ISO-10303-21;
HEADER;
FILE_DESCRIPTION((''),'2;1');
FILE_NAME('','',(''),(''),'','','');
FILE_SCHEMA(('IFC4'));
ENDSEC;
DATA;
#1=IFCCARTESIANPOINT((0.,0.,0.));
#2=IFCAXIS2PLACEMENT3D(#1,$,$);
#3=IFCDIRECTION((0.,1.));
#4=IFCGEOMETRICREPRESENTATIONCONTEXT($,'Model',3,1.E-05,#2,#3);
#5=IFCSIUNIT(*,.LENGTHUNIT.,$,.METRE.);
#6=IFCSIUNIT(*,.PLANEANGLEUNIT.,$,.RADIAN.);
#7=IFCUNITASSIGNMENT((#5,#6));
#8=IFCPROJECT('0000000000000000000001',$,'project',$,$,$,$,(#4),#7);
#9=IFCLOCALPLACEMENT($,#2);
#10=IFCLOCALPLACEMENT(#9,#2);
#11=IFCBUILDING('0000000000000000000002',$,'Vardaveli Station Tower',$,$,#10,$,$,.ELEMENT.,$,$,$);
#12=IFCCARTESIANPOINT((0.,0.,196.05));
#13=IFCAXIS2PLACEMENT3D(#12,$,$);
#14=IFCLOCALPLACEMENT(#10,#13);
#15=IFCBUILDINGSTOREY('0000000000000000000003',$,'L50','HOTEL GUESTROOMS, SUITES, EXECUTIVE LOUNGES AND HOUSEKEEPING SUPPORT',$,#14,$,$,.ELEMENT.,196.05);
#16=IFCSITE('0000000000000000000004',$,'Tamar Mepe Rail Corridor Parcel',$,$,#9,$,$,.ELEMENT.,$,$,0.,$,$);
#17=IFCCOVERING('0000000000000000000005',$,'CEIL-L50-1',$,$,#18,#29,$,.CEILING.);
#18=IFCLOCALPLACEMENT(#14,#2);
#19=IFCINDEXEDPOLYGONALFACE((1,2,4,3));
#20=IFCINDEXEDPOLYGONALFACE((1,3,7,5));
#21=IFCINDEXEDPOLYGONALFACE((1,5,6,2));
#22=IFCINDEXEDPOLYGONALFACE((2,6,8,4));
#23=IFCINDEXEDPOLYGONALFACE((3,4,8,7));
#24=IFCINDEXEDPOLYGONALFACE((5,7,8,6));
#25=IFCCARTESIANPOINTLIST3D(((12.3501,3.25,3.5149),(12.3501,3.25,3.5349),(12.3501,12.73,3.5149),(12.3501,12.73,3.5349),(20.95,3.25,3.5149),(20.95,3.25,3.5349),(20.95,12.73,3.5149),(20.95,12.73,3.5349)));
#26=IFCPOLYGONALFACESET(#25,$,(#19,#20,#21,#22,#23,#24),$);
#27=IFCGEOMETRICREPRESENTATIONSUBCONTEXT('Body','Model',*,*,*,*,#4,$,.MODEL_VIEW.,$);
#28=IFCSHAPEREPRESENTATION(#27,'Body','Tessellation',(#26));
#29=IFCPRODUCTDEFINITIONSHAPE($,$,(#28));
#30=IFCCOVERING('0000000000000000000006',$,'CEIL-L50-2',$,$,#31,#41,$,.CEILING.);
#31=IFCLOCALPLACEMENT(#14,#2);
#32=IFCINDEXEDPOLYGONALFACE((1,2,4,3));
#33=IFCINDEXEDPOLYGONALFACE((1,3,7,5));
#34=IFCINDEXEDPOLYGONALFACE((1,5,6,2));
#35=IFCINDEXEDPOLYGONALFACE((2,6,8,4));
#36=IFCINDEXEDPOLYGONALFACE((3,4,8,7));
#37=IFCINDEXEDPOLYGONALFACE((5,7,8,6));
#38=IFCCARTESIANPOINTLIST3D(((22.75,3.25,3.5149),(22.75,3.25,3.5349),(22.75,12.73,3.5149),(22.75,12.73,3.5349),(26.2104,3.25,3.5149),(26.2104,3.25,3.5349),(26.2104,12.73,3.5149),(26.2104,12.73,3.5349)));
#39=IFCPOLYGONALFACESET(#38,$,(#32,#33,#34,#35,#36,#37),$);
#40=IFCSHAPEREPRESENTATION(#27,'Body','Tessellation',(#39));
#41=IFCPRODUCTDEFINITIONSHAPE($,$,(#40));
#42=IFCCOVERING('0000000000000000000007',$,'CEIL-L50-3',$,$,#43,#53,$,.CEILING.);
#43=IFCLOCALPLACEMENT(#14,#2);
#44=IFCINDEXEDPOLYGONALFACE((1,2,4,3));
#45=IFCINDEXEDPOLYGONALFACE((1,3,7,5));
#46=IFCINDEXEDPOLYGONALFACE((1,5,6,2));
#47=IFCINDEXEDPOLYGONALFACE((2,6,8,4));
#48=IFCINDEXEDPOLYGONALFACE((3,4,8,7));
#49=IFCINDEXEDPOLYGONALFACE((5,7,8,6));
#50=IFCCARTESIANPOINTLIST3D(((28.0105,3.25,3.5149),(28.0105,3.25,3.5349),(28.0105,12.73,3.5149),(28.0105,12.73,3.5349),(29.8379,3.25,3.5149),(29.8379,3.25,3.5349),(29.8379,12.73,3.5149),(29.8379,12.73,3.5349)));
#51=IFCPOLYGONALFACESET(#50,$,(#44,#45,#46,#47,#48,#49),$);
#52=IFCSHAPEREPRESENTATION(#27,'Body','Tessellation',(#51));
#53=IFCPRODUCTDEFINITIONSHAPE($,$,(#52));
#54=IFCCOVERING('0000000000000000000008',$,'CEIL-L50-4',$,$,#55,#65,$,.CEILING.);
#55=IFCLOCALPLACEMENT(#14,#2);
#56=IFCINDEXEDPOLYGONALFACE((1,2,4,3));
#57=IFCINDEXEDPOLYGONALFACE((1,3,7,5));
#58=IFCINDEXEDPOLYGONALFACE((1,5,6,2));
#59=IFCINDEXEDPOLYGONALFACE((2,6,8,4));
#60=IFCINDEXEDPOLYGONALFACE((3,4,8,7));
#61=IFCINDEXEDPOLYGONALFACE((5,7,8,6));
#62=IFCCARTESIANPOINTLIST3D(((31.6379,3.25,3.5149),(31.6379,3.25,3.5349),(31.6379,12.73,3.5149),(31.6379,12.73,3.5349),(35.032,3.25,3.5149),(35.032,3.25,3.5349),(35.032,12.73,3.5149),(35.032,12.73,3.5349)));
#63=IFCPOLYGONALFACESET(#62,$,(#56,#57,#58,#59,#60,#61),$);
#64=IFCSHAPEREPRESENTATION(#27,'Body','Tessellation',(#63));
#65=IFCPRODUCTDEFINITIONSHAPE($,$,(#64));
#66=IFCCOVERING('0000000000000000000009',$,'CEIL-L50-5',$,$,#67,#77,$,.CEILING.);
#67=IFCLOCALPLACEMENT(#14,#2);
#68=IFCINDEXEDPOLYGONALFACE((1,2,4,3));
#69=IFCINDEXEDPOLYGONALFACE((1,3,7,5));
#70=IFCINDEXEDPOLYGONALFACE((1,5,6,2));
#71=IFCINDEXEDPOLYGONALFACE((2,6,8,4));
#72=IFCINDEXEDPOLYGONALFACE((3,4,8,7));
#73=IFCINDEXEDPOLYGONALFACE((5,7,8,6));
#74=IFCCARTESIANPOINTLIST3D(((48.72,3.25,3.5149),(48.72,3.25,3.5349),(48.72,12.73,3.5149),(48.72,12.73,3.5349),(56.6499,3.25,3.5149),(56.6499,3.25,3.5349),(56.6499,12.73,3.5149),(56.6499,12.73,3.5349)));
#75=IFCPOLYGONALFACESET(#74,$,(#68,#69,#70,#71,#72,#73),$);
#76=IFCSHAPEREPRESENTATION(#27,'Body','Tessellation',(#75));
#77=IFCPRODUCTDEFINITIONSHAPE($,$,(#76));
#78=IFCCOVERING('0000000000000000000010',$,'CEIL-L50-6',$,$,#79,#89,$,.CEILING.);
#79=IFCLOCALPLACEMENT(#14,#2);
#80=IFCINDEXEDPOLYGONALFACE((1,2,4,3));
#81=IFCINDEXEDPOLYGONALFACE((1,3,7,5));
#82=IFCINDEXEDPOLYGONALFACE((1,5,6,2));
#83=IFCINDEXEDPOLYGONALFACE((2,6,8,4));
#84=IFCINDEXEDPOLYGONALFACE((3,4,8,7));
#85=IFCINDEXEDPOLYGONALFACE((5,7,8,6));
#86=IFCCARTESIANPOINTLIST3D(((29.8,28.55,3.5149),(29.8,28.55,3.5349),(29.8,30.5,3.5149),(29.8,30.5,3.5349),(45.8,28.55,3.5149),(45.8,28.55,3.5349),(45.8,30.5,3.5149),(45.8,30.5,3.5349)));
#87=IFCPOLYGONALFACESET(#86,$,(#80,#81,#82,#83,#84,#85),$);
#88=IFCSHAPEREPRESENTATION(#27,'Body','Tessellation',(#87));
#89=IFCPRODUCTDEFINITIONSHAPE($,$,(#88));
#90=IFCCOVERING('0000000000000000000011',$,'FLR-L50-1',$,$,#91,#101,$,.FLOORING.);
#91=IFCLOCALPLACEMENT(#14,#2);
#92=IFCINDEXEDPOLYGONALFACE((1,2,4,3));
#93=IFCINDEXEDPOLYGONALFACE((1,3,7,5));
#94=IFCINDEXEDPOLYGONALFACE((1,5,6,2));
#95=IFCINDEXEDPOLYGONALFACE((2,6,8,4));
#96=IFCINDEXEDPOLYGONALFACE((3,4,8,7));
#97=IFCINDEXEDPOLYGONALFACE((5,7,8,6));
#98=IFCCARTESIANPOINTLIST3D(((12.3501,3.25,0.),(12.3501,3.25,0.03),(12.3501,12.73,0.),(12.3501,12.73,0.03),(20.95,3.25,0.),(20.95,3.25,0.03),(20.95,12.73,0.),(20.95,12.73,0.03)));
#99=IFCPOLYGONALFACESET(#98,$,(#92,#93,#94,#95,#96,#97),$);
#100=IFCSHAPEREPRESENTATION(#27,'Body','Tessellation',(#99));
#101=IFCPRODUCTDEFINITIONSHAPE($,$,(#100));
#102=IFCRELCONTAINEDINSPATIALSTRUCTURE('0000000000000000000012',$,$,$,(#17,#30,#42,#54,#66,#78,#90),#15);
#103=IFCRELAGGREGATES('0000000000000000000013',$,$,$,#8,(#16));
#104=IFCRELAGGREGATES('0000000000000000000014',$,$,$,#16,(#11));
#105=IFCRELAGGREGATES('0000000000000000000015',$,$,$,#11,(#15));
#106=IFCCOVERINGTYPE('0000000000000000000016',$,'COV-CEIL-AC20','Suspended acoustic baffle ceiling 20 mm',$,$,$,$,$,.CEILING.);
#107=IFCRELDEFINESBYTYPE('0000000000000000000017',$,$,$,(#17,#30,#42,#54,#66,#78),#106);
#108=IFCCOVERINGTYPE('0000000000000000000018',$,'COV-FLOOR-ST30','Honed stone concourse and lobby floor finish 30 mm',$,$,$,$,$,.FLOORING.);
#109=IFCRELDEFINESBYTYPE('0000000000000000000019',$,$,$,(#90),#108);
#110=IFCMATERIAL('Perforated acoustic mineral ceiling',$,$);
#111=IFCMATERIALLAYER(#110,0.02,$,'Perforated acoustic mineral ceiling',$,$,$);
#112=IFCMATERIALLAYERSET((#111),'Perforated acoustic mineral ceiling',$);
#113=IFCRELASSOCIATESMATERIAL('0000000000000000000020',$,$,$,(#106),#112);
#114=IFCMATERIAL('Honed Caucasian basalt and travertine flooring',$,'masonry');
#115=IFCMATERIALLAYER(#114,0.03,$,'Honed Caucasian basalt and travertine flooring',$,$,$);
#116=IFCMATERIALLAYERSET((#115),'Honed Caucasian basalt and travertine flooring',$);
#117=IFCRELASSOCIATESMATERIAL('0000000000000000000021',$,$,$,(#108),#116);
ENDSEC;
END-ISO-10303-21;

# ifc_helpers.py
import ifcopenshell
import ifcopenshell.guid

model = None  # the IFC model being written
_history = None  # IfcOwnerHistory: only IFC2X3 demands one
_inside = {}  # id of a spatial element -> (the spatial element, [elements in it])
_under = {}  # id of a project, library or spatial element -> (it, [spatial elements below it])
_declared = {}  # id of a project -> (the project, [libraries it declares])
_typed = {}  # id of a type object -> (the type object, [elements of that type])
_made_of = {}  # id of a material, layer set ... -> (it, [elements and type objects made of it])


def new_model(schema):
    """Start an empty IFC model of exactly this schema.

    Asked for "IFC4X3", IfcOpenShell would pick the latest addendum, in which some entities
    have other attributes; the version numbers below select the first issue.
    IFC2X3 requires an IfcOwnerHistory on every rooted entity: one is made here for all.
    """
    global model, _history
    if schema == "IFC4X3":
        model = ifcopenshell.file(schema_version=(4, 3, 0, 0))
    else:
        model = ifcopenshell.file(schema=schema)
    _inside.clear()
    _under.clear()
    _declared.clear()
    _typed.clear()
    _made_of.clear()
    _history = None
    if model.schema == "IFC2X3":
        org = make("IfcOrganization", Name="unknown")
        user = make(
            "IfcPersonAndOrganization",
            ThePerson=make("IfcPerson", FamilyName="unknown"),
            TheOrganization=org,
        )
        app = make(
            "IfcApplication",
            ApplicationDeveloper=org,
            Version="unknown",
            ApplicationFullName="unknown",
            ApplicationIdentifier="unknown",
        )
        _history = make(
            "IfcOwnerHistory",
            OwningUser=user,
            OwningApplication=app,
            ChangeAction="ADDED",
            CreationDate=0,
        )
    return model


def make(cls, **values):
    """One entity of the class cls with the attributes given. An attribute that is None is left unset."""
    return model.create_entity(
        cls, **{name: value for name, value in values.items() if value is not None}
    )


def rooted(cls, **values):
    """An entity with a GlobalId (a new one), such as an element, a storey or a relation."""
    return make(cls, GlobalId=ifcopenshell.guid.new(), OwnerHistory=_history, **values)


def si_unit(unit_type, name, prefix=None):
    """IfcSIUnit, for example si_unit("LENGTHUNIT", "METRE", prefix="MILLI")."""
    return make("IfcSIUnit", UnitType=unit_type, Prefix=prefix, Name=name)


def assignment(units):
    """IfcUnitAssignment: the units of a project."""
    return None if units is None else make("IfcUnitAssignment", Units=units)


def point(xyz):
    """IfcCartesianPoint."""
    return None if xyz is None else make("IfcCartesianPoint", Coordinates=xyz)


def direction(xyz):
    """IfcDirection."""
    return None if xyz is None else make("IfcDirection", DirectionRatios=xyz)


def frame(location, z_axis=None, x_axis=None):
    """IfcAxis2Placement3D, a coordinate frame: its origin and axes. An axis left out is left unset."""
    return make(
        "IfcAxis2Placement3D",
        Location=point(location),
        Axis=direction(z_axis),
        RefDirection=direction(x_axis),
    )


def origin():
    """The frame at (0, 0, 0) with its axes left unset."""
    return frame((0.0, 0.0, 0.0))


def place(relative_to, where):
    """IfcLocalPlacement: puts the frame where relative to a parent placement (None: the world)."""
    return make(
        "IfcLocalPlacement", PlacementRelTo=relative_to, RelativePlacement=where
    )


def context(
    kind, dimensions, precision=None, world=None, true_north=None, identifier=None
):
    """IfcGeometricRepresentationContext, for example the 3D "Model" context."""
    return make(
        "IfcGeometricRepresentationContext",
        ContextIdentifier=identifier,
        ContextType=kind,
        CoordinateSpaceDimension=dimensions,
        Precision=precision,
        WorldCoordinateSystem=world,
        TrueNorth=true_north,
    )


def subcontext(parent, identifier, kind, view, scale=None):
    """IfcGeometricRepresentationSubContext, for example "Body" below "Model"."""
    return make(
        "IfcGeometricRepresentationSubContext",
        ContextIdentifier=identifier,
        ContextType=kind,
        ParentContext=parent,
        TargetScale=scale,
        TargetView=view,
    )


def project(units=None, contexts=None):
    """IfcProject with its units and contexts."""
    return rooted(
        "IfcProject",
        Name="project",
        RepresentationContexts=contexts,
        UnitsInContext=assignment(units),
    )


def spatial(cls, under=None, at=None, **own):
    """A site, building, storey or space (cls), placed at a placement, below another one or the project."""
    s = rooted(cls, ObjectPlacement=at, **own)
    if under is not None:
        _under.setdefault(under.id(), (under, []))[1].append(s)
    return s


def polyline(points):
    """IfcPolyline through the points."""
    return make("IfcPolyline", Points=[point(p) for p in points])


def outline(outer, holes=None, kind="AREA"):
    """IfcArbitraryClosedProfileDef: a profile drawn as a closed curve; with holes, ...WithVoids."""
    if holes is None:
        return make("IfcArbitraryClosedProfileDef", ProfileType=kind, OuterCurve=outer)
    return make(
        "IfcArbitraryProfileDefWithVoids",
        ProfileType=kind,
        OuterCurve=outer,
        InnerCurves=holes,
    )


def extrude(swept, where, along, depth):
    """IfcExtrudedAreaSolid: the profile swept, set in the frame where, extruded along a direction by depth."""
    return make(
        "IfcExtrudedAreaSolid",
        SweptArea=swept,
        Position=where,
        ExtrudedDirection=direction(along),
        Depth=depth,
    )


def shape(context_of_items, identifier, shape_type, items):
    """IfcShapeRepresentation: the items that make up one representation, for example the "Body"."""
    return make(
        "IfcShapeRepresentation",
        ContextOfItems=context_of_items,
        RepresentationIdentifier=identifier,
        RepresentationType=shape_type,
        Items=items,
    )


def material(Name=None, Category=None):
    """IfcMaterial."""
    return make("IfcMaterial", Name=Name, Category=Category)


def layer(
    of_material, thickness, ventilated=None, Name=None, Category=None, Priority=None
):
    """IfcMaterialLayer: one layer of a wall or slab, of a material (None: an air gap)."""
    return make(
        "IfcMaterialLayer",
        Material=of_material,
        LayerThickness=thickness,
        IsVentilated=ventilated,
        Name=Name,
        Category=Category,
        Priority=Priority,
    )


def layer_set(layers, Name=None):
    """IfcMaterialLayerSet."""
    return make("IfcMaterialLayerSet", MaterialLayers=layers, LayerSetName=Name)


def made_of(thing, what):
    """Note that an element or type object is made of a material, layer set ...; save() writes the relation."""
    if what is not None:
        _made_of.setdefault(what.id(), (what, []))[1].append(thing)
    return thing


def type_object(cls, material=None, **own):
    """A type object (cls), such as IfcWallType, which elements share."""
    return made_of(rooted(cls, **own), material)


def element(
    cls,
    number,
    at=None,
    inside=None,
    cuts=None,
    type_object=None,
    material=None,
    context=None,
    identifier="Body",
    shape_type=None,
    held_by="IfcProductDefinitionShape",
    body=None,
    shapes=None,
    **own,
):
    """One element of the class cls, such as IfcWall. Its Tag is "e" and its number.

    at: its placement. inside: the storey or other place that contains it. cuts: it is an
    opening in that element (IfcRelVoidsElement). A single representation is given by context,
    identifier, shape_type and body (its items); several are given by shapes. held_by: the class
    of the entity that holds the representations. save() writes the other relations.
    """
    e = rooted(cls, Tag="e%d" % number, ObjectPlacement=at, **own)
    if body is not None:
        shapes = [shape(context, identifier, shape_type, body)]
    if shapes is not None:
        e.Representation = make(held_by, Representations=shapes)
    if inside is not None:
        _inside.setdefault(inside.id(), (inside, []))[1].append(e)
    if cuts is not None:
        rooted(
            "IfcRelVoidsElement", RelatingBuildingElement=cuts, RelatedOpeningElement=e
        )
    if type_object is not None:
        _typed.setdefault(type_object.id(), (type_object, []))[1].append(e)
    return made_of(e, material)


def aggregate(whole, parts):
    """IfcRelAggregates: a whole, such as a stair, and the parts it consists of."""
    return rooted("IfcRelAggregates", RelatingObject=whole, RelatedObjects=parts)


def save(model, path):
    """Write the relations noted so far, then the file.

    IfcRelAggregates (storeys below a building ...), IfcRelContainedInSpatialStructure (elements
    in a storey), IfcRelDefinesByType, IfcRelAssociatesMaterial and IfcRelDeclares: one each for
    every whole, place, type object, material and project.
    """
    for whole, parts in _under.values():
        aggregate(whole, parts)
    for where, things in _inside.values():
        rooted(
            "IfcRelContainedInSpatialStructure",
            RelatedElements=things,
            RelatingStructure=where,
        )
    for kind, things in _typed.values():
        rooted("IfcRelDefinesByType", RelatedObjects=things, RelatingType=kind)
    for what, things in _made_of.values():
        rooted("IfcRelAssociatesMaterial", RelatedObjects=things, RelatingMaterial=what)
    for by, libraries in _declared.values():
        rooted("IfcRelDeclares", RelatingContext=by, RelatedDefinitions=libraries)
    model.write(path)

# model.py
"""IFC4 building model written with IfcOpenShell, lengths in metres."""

from ifc_helpers import new_model, si_unit, direction, frame, origin, place, context, subcontext, project, spatial, polyline, outline, extrude, material, layer, layer_set, type_object, element, save


model = new_model("IFC4")

# Units and contexts
model_context = context("Model", 3, precision=1e-05, world=origin(), true_north=direction((0.0, 1.0)))
body_context = subcontext(model_context, "Body", "Model", "MODEL_VIEW")
ifc_project = project(units=[si_unit("LENGTHUNIT", "METRE"), si_unit("PLANEANGLEUNIT", "RADIAN")], contexts=[model_context])

# Site, building, storey
site_placement = place(None, origin())
site = spatial("IfcSite", under=ifc_project, at=site_placement, Name="Tamar Mepe Rail Corridor Parcel", CompositionType="ELEMENT", RefElevation=0.0)
building_placement = place(site_placement, origin())
building = spatial("IfcBuilding", under=site, at=building_placement, Name="Vardaveli Station Tower", CompositionType="ELEMENT")
storey_placement = place(building_placement, frame((0.0, 0.0, 196.05)))
storey = spatial("IfcBuildingStorey", under=building, at=storey_placement, Name="L50", Description="HOTEL GUESTROOMS, SUITES, EXECUTIVE LOUNGES AND HOUSEKEEPING SUPPORT", CompositionType="ELEMENT", Elevation=196.05)

# Coverings
ifc_material_1 = material(Name="Perforated acoustic mineral ceiling")
ifc_layer_1 = layer(ifc_material_1, 0.02, Name="Perforated acoustic mineral ceiling")
ifc_layer_set_1 = layer_set([ifc_layer_1], Name="Perforated acoustic mineral ceiling")
covering_type_1 = type_object("IfcCoveringType", Name="COV-CEIL-AC20", Description="Suspended acoustic baffle ceiling 20 mm", PredefinedType="CEILING", material=ifc_layer_set_1)
covering_1_placement = place(storey_placement, frame((0.0, 0.0, 3.5149)))
element("IfcCovering", 1, at=covering_1_placement, inside=storey, type_object=covering_type_1, Name="CEIL-L50-1", PredefinedType="CEILING", context=body_context, shape_type="SweptSolid", body=[
    extrude(outline(polyline([(12.3501, 3.25), (20.95, 3.25), (20.95, 12.73), (12.3501, 12.73), (12.3501, 3.25)])), origin(), (0.0, 0.0, 1.0), 0.02),
])
covering_2_placement = place(storey_placement, frame((0.0, 0.0, 3.5149)))
element("IfcCovering", 2, at=covering_2_placement, inside=storey, type_object=covering_type_1, Name="CEIL-L50-2", PredefinedType="CEILING", context=body_context, shape_type="SweptSolid", body=[
    extrude(outline(polyline([(22.75, 3.25), (26.2104, 3.25), (26.2104, 12.73), (22.75, 12.73), (22.75, 3.25)])), origin(), (0.0, 0.0, 1.0), 0.02),
])
covering_3_placement = place(storey_placement, frame((0.0, 0.0, 3.5149)))
element("IfcCovering", 3, at=covering_3_placement, inside=storey, type_object=covering_type_1, Name="CEIL-L50-3", PredefinedType="CEILING", context=body_context, shape_type="SweptSolid", body=[
    extrude(outline(polyline([(28.0105, 3.25), (29.8379, 3.25), (29.8379, 12.73), (28.0105, 12.73), (28.0105, 3.25)])), origin(), (0.0, 0.0, 1.0), 0.02),
])
covering_4_placement = place(storey_placement, frame((0.0, 0.0, 3.5149)))
element("IfcCovering", 4, at=covering_4_placement, inside=storey, type_object=covering_type_1, Name="CEIL-L50-4", PredefinedType="CEILING", context=body_context, shape_type="SweptSolid", body=[
    extrude(outline(polyline([(31.6379, 3.25), (35.032, 3.25), (35.032, 12.73), (31.6379, 12.73), (31.6379, 3.25)])), origin(), (0.0, 0.0, 1.0), 0.02),
])
covering_5_placement = place(storey_placement, frame((0.0, 0.0, 3.5149)))
element("IfcCovering", 5, at=covering_5_placement, inside=storey, type_object=covering_type_1, Name="CEIL-L50-5", PredefinedType="CEILING", context=body_context, shape_type="SweptSolid", body=[
    extrude(outline(polyline([(48.72, 3.25), (56.6499, 3.25), (56.6499, 12.73), (48.72, 12.73), (48.72, 3.25)])), origin(), (0.0, 0.0, 1.0), 0.02),
])
covering_6_placement = place(storey_placement, frame((0.0, 0.0, 3.5149)))
element("IfcCovering", 6, at=covering_6_placement, inside=storey, type_object=covering_type_1, Name="CEIL-L50-6", PredefinedType="CEILING", context=body_context, shape_type="SweptSolid", body=[
    extrude(outline(polyline([(29.8, 28.55), (45.8, 28.55), (45.8, 30.5), (29.8, 30.5), (29.8, 28.55)])), origin(), (0.0, 0.0, 1.0), 0.02),
])
ifc_material_2 = material(Name="Honed Caucasian basalt and travertine flooring", Category="masonry")
ifc_layer_2 = layer(ifc_material_2, 0.03, Name="Honed Caucasian basalt and travertine flooring")
ifc_layer_set_2 = layer_set([ifc_layer_2], Name="Honed Caucasian basalt and travertine flooring")
covering_type_2 = type_object("IfcCoveringType", Name="COV-FLOOR-ST30", Description="Honed stone concourse and lobby floor finish 30 mm", PredefinedType="FLOORING", material=ifc_layer_set_2)
covering_7_placement = place(storey_placement, origin())
element("IfcCovering", 7, at=covering_7_placement, inside=storey, type_object=covering_type_2, Name="FLR-L50-1", PredefinedType="FLOORING", context=body_context, shape_type="SweptSolid", body=[
    extrude(outline(polyline([(12.3501, 3.25), (20.95, 3.25), (20.95, 12.73), (12.3501, 12.73), (12.3501, 3.25)])), origin(), (0.0, 0.0, 1.0), 0.03),
])

save(model, "model.ifc")
